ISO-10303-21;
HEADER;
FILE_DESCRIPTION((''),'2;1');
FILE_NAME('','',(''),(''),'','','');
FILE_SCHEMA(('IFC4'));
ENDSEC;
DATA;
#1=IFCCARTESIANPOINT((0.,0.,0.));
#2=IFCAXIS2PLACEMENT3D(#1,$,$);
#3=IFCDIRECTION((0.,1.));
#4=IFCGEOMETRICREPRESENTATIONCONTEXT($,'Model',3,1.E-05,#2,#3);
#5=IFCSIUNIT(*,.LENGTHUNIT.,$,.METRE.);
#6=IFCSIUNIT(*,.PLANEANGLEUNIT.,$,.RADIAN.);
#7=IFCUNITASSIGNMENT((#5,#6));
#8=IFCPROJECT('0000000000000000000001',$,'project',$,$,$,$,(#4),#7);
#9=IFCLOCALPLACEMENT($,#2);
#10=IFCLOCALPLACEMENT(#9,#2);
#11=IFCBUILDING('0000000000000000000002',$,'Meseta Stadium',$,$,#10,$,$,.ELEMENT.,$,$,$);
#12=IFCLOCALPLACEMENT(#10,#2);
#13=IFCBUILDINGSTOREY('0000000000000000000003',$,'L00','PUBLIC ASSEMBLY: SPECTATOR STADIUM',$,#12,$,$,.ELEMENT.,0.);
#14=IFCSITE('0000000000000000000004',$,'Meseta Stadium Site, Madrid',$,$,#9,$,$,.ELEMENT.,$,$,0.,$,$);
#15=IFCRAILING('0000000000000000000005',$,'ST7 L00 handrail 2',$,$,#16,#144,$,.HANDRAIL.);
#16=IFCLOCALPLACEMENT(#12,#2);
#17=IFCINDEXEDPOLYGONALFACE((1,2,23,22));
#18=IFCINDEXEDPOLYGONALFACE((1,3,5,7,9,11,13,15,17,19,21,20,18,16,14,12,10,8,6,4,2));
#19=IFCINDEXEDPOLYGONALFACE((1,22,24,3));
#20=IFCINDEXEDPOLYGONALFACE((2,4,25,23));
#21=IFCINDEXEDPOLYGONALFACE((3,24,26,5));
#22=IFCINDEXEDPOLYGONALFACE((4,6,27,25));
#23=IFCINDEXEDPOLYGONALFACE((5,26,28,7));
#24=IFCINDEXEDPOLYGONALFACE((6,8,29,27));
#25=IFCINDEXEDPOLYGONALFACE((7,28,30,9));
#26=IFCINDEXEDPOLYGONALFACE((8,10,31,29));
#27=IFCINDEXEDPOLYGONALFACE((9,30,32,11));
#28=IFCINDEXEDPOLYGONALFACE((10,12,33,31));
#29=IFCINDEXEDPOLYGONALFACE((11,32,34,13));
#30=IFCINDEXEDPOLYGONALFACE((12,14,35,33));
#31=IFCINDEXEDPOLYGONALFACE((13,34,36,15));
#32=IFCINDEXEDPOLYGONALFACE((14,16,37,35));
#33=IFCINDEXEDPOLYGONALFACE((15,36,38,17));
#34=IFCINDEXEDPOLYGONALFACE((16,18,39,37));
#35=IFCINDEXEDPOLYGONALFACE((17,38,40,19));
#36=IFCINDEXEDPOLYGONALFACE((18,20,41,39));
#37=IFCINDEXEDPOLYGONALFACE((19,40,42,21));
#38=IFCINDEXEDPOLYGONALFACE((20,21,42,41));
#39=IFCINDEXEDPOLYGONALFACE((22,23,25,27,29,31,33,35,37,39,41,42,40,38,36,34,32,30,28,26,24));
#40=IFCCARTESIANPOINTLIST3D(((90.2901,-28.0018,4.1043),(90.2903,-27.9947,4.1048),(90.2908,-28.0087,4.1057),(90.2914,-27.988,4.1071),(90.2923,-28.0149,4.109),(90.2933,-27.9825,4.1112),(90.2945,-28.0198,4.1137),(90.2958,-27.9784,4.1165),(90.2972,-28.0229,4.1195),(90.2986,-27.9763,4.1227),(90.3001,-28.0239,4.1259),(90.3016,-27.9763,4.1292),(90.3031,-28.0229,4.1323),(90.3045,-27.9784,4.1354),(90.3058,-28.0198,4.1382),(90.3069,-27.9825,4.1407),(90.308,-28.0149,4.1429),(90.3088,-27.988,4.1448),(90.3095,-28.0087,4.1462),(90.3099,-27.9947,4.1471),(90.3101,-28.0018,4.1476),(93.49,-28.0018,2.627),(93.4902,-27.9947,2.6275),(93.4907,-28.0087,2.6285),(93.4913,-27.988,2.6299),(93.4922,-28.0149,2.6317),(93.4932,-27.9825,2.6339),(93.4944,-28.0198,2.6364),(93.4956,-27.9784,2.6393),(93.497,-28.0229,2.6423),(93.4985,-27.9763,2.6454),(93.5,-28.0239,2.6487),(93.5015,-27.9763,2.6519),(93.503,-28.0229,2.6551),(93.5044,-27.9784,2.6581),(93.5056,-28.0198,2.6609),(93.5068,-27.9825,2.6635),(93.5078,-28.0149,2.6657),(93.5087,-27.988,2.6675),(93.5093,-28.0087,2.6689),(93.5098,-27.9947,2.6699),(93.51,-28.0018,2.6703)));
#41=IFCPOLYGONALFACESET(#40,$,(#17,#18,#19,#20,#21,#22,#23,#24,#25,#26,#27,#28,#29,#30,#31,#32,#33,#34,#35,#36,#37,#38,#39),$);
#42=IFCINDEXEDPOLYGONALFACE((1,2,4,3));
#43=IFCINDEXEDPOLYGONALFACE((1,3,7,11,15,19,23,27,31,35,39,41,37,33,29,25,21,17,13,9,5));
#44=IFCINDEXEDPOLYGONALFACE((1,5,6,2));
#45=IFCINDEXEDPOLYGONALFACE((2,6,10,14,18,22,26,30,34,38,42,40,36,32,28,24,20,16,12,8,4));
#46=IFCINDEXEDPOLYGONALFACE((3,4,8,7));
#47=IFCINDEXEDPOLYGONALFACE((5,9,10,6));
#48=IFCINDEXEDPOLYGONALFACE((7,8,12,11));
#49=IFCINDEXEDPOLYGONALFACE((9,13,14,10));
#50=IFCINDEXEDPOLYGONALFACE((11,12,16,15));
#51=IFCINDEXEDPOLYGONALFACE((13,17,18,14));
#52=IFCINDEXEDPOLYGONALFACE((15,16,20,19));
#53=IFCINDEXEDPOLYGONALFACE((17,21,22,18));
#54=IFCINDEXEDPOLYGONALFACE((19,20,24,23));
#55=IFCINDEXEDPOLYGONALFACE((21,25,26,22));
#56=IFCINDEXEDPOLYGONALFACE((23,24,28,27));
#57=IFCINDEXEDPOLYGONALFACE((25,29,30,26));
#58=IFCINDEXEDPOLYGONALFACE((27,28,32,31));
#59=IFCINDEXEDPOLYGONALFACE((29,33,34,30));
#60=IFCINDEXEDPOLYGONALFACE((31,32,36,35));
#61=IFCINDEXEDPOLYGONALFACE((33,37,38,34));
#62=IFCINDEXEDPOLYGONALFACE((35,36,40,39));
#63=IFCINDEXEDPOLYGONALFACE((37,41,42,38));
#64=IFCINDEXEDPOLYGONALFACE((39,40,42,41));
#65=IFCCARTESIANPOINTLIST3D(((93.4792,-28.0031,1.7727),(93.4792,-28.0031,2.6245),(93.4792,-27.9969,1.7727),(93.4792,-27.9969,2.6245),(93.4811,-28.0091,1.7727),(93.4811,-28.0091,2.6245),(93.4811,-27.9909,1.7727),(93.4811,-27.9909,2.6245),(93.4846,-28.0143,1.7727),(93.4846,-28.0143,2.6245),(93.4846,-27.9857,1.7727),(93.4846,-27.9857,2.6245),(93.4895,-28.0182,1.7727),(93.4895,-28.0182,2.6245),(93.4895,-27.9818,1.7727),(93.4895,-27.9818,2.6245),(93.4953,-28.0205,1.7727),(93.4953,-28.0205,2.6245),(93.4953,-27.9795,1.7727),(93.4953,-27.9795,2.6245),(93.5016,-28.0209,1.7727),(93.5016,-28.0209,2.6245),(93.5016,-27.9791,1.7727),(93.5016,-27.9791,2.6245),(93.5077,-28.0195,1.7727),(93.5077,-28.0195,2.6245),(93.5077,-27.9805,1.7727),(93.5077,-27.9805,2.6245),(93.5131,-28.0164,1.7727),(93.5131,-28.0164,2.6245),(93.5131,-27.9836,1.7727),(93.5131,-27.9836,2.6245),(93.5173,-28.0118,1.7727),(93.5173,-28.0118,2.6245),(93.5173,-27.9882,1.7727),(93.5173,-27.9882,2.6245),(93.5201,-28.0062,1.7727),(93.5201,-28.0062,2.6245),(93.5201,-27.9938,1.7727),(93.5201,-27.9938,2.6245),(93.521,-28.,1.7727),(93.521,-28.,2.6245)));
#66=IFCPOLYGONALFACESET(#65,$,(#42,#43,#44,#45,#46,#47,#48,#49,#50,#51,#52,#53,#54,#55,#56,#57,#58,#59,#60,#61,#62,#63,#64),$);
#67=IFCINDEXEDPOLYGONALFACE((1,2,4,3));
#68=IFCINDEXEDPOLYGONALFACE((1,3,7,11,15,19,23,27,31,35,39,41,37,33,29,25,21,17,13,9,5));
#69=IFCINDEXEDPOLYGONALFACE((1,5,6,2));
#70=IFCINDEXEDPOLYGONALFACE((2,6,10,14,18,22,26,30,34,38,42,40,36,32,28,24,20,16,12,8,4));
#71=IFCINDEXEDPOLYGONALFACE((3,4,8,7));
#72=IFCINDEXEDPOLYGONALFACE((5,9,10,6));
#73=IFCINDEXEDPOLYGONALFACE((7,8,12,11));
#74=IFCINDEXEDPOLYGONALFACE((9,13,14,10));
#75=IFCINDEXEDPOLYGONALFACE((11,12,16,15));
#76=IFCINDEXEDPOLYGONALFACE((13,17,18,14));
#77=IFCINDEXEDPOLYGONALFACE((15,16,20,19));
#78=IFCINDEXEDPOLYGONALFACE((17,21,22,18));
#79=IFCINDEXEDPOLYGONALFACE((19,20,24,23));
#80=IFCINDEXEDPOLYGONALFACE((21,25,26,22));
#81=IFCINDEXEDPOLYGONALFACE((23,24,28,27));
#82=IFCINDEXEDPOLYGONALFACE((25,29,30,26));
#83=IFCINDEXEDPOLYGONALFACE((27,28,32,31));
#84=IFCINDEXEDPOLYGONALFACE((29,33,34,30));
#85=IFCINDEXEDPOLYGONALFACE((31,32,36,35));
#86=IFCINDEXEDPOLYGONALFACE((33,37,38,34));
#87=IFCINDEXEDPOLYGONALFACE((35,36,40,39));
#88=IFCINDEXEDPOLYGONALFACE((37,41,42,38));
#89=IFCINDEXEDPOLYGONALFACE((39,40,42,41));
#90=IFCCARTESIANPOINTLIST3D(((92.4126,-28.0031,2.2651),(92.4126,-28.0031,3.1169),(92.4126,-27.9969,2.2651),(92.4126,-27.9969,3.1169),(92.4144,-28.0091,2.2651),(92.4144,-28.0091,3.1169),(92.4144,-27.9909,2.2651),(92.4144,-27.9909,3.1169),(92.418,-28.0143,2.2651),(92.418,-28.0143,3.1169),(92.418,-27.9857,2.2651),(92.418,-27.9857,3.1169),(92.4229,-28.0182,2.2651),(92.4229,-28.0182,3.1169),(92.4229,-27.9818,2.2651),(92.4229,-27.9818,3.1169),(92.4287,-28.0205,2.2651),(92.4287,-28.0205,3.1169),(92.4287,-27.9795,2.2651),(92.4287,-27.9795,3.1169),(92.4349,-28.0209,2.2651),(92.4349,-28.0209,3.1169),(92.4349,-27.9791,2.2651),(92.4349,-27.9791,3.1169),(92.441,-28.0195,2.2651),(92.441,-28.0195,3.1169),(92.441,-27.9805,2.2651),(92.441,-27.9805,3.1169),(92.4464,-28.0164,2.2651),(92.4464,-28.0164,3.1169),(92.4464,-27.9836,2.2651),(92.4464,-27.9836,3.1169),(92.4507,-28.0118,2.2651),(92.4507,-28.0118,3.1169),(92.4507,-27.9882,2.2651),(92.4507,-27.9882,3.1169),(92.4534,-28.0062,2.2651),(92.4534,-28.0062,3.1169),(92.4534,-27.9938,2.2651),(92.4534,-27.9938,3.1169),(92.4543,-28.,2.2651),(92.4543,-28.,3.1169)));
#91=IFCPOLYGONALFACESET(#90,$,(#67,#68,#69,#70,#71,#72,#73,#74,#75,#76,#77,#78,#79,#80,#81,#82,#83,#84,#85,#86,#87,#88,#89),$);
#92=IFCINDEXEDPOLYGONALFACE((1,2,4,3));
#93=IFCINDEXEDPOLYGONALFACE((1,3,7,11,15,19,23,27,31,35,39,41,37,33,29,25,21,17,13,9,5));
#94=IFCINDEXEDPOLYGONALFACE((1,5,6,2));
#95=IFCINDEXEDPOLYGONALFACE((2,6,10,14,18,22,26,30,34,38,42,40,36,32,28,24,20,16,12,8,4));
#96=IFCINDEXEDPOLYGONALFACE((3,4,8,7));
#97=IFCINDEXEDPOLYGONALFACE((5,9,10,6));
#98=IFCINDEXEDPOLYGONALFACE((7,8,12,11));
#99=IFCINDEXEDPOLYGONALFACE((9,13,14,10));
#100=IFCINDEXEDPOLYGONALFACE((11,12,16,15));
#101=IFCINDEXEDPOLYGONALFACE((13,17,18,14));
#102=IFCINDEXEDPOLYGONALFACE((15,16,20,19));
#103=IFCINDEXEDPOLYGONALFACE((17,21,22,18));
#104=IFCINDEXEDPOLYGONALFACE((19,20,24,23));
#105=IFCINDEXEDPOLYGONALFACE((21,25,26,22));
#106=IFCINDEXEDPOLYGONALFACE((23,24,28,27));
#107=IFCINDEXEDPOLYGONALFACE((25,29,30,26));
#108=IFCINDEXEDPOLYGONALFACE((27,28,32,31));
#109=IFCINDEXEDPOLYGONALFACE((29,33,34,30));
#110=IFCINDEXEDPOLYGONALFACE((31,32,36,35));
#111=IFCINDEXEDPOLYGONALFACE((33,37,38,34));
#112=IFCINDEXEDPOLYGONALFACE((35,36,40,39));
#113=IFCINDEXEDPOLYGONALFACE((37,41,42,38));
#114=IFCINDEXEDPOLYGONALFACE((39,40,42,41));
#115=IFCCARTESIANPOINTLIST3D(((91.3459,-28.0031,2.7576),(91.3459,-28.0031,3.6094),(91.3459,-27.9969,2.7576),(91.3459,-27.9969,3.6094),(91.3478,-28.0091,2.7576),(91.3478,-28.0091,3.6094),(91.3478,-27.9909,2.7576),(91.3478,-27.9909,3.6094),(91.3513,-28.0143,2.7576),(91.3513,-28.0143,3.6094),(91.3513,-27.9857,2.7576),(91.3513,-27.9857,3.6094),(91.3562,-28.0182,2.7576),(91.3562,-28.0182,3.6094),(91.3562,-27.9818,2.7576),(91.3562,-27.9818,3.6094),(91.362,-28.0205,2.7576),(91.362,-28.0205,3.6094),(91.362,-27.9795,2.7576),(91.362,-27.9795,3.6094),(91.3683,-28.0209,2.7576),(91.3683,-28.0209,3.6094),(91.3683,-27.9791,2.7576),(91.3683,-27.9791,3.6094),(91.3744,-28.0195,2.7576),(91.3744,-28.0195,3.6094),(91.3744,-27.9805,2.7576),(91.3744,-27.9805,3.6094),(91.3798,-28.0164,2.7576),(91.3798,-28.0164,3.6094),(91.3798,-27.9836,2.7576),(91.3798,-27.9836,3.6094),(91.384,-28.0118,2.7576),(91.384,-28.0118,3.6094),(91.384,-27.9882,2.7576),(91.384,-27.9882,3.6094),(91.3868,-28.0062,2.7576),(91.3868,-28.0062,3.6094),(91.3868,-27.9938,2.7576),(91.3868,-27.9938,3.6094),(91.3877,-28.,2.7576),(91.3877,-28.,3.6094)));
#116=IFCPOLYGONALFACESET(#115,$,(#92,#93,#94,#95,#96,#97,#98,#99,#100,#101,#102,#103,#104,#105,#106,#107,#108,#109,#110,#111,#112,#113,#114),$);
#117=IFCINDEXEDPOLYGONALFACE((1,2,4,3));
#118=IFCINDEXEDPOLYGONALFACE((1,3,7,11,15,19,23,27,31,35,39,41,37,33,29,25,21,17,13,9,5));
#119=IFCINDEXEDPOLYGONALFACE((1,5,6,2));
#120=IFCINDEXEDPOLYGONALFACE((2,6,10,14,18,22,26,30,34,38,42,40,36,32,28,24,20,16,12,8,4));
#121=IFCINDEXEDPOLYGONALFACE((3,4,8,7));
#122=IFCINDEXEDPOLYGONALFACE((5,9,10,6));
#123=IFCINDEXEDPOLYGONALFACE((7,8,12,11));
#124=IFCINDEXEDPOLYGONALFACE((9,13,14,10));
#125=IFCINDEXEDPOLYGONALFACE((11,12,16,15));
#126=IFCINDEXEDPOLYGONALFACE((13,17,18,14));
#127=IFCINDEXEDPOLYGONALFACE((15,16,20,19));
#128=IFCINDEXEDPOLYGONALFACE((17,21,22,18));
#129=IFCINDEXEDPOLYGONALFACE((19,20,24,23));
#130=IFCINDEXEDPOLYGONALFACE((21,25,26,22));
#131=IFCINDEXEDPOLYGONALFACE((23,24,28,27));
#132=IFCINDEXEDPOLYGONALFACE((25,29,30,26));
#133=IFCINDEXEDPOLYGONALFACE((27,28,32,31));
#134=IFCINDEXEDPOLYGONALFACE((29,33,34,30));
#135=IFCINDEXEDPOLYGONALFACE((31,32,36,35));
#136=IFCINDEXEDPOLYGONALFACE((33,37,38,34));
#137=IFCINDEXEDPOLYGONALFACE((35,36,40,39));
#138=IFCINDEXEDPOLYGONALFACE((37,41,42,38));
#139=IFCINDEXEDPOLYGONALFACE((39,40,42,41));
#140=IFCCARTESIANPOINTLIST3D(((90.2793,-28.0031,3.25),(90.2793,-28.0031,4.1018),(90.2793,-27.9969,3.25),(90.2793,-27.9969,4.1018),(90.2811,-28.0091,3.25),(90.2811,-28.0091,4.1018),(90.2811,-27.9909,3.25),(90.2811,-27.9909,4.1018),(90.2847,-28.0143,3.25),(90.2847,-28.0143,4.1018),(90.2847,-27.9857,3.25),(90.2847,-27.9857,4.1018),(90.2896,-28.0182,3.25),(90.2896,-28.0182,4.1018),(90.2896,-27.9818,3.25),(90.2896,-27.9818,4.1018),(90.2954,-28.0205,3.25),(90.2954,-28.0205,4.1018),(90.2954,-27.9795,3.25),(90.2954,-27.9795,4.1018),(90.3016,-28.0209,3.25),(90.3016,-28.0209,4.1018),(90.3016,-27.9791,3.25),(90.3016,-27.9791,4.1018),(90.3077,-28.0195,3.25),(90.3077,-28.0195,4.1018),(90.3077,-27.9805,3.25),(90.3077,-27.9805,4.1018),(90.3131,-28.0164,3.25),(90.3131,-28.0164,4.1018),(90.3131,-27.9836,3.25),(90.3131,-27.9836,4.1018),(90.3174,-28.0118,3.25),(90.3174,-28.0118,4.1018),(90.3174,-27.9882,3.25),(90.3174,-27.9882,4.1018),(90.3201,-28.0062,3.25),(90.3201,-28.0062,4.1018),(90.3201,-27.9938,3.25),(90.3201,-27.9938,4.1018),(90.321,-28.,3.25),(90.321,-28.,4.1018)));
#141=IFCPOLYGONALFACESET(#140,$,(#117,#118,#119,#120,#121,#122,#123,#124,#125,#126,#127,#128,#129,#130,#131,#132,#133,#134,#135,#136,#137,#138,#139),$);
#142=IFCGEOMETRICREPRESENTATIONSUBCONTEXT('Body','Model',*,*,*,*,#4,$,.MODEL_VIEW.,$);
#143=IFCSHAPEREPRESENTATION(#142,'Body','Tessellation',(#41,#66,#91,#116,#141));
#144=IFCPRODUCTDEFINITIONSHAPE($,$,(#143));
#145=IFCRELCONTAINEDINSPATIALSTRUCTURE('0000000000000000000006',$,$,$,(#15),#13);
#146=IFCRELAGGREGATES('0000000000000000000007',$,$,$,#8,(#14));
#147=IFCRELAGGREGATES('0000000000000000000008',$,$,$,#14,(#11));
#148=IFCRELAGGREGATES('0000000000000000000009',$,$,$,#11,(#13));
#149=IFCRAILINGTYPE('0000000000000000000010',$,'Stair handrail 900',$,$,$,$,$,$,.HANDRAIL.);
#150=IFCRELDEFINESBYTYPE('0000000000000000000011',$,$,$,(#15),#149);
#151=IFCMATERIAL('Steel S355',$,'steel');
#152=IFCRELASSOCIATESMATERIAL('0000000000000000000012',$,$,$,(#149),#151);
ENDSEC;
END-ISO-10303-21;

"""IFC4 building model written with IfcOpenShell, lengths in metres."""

from ifc_helpers import new_model, si_unit, direction, frame, origin, origin_2d, place, context, subcontext, project, spatial, circle, extrude, material, type_object, element, save


model = new_model("IFC4")

# Units and contexts
model_context = context("Model", 3, precision=1e-05, world=origin(), true_north=direction((0.0, 1.0)))
body_context = subcontext(model_context, "Body", "Model", "MODEL_VIEW")
ifc_project = project(units=[si_unit("LENGTHUNIT", "METRE"), si_unit("PLANEANGLEUNIT", "RADIAN")], contexts=[model_context])

# Site, building, storey
site_placement = place(None, origin())
site = spatial("IfcSite", under=ifc_project, at=site_placement, Name="Meseta Stadium Site, Madrid", CompositionType="ELEMENT", RefElevation=0.0)
building_placement = place(site_placement, origin())
building = spatial("IfcBuilding", under=site, at=building_placement, Name="Meseta Stadium", CompositionType="ELEMENT")
storey_placement = place(building_placement, origin())
storey = spatial("IfcBuildingStorey", under=building, at=storey_placement, Name="L00", Description="PUBLIC ASSEMBLY: SPECTATOR STADIUM", CompositionType="ELEMENT", Elevation=0.0)

# Railing
ifc_material_1 = material(Name="Steel S355", Category="steel")
railing_type_1 = type_object("IfcRailingType", Name="Stair handrail 900", PredefinedType="HANDRAIL", material=ifc_material_1)
railing_1_placement = place(storey_placement, frame((93.5, -28.0, 1.7727)))
element("IfcRailing", 1, at=railing_1_placement, inside=storey, type_object=railing_type_1, Name="ST7 L00 handrail 2", PredefinedType="HANDRAIL", context=body_context, shape_type="SweptSolid", body=[
    extrude(circle(Radius=0.0239, at=origin_2d()), frame((0.0, 0.0, 0.876), z_axis=(-0.907917, 0.0, 0.41915), x_axis=(0.0, -1.0, 0.0)), (0.0, 0.0, 1.0), 3.5244),
    extrude(circle(Radius=0.021, at=origin_2d()), origin(), (0.0, 0.0, 1.0), 0.8518),
    extrude(circle(Radius=0.021, at=origin_2d()), frame((-1.0667, 0.0, 0.4924)), (0.0, 0.0, 1.0), 0.8518),
    extrude(circle(Radius=0.021, at=origin_2d()), frame((-2.1333, 0.0, 0.9849)), (0.0, 0.0, 1.0), 0.8518),
    extrude(circle(Radius=0.021, at=origin_2d()), frame((-3.2, 0.0, 1.4773)), (0.0, 0.0, 1.0), 0.8518),
])

save(model, "model.ifc")
